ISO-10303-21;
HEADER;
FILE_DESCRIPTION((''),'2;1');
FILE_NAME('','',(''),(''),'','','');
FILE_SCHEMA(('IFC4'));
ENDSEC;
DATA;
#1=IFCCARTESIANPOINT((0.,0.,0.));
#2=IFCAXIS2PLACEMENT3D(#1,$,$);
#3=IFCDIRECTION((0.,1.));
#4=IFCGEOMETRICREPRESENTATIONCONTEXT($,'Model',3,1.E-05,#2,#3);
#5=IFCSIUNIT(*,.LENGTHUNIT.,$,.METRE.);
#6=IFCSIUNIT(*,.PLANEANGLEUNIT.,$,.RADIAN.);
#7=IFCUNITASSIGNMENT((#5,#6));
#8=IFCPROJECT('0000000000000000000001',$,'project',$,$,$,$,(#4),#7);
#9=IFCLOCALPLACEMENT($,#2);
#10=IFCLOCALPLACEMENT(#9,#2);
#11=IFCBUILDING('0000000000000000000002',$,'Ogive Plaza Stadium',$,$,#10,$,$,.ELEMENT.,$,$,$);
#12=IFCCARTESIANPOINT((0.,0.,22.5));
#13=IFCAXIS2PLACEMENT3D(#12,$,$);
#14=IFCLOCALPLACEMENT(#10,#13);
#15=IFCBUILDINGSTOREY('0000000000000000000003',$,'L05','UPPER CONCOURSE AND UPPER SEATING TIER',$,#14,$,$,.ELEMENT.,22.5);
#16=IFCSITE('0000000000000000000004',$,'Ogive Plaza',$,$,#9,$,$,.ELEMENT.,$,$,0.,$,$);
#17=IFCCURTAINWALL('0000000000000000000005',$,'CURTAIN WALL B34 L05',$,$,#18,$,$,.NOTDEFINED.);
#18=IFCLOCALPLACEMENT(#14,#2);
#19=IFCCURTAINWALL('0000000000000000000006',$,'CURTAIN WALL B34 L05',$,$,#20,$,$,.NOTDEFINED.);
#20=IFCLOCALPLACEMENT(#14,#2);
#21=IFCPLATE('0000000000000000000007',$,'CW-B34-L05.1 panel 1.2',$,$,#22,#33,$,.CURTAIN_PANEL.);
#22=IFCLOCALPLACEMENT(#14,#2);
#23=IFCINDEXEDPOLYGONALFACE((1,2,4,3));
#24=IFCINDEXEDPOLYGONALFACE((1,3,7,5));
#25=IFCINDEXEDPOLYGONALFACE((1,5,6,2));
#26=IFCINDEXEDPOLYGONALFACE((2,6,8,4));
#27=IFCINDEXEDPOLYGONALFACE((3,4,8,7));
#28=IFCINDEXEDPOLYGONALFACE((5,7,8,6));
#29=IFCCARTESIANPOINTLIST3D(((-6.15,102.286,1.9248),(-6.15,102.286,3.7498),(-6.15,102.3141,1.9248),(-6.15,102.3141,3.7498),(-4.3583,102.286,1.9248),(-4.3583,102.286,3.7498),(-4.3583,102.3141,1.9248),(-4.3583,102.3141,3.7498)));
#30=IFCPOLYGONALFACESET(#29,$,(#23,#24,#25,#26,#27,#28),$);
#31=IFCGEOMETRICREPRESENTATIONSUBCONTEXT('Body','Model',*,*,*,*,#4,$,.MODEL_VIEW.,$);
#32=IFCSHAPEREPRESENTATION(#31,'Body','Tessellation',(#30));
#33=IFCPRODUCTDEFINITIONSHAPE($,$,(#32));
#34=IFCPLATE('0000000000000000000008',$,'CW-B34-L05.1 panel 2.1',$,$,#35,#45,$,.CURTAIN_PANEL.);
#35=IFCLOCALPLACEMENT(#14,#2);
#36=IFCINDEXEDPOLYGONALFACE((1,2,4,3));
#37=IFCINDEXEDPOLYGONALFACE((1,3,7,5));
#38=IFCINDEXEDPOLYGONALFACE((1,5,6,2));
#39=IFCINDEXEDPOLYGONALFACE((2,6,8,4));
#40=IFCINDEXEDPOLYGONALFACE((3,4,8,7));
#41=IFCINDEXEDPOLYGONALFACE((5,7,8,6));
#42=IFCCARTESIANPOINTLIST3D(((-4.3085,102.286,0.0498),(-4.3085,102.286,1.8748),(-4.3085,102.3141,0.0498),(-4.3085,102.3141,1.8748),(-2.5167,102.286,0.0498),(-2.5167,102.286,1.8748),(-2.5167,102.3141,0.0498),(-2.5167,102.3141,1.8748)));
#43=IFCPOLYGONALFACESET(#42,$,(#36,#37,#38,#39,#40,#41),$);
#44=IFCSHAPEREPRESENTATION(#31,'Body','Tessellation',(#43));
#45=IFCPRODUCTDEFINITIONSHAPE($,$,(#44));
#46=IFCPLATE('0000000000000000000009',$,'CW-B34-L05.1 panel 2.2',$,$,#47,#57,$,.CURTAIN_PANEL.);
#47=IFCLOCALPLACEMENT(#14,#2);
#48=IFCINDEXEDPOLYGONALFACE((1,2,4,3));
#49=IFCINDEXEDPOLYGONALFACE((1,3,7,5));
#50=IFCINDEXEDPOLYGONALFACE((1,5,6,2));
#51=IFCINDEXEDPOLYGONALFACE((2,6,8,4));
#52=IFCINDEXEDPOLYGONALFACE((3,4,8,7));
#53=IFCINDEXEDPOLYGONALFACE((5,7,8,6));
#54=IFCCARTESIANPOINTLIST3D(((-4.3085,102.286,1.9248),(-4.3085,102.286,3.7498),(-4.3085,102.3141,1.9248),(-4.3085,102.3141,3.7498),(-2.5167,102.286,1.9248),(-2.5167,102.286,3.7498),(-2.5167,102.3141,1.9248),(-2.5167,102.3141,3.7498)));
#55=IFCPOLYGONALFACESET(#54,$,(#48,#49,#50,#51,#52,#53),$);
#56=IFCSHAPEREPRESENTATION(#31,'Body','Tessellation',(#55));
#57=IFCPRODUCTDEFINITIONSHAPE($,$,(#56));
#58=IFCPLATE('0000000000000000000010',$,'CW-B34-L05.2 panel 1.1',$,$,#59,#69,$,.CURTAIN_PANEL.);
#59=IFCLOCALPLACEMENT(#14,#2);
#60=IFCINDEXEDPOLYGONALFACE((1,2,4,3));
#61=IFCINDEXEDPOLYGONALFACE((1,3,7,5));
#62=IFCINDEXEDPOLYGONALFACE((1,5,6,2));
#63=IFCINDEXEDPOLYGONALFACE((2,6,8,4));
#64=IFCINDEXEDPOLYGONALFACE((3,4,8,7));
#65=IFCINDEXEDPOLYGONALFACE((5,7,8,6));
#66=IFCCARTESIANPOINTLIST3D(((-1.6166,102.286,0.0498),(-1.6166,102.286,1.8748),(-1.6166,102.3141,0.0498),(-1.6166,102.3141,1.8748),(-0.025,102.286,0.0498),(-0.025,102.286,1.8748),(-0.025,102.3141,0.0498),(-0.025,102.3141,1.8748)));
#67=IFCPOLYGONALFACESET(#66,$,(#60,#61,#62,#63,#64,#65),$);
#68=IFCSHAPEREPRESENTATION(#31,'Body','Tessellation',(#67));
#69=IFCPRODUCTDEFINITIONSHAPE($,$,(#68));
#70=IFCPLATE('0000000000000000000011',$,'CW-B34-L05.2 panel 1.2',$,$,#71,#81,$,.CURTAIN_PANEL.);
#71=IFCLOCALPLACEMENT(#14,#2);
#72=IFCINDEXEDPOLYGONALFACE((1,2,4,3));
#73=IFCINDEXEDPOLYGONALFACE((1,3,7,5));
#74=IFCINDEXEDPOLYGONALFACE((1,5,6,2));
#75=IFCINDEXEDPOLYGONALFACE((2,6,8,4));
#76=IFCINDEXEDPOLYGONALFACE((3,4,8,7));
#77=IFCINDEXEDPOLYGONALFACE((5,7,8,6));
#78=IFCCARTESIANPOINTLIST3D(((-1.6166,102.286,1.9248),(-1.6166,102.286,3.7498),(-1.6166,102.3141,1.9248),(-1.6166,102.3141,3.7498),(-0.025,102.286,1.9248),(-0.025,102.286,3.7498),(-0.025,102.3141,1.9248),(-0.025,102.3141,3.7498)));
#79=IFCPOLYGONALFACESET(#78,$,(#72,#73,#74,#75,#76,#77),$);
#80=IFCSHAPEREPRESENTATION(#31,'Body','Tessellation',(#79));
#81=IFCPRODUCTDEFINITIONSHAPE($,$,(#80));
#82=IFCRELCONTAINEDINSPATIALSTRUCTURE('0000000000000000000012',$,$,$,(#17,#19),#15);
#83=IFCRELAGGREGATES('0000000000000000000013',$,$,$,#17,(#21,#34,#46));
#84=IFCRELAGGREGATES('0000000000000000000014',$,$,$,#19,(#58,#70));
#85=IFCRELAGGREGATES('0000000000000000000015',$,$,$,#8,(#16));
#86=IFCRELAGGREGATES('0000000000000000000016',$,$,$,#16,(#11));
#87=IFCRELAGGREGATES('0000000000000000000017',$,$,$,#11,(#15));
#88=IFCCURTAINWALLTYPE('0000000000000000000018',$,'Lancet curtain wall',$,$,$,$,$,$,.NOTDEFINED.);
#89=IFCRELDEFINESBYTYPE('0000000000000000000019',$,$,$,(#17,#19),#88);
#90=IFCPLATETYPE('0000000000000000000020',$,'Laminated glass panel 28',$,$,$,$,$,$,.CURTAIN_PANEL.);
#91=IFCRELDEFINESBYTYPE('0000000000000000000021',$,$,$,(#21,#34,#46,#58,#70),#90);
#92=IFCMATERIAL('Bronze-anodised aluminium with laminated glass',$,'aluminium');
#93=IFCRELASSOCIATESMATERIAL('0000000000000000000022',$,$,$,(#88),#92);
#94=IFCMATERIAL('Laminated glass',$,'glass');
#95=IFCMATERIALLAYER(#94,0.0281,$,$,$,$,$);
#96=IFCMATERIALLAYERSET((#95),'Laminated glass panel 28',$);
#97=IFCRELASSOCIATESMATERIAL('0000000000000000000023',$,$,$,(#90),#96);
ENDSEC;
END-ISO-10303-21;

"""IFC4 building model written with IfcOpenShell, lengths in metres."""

from ifc_helpers import new_model, si_unit, direction, frame, origin, origin_2d, place, context, subcontext, project, spatial, rectangle, extrude, material, layer, layer_set, type_object, element, aggregate, save


model = new_model("IFC4")

# Units and contexts
model_context = context("Model", 3, precision=1e-05, world=origin(), true_north=direction((0.0, 1.0)))
body_context = subcontext(model_context, "Body", "Model", "MODEL_VIEW")
ifc_project = project(units=[si_unit("LENGTHUNIT", "METRE"), si_unit("PLANEANGLEUNIT", "RADIAN")], contexts=[model_context])

# Site, building, storey
site_placement = place(None, origin())
site = spatial("IfcSite", under=ifc_project, at=site_placement, Name="Ogive Plaza", CompositionType="ELEMENT", RefElevation=0.0)
building_placement = place(site_placement, origin())
building = spatial("IfcBuilding", under=site, at=building_placement, Name="Ogive Plaza Stadium", CompositionType="ELEMENT")
storey_placement = place(building_placement, frame((0.0, 0.0, 22.5)))
storey = spatial("IfcBuildingStorey", under=building, at=storey_placement, Name="L05", Description="UPPER CONCOURSE AND UPPER SEATING TIER", CompositionType="ELEMENT", Elevation=22.5)

# Curtain wall
ifc_material_1 = material(Name="Bronze-anodised aluminium with laminated glass", Category="aluminium")
curtain_wall_type = type_object("IfcCurtainWallType", Name="Lancet curtain wall", PredefinedType="NOTDEFINED", material=ifc_material_1)
curtain_wall_1_placement = place(storey_placement, origin())
curtain_wall_1 = element("IfcCurtainWall", 1, at=curtain_wall_1_placement, inside=storey, type_object=curtain_wall_type, Name="CURTAIN WALL B34 L05", PredefinedType="NOTDEFINED")

# Curtain wall
curtain_wall_2_placement = place(storey_placement, origin())
curtain_wall_2 = element("IfcCurtainWall", 2, at=curtain_wall_2_placement, inside=storey, type_object=curtain_wall_type, Name="CURTAIN WALL B34 L05", PredefinedType="NOTDEFINED")

# Plates
ifc_material_2 = material(Name="Laminated glass", Category="glass")
ifc_layer = layer(ifc_material_2, 0.0281)
ifc_layer_set = layer_set([ifc_layer], Name="Laminated glass panel 28")
plate_type = type_object("IfcPlateType", Name="Laminated glass panel 28", PredefinedType="CURTAIN_PANEL", material=ifc_layer_set)
plate_1_placement = place(storey_placement, frame((-5.2542, 102.3, 1.9248), z_axis=(0.0, 0.0, 1.0), x_axis=(1.0, 0.0, 0.0)))
plate_1 = element("IfcPlate", 3, at=plate_1_placement, type_object=plate_type, Name="CW-B34-L05.1 panel 1.2", PredefinedType="CURTAIN_PANEL", context=body_context, shape_type="SweptSolid", body=[
    extrude(rectangle(XDim=1.7917, YDim=0.0281, at=origin_2d()), origin(), (0.0, 0.0, 1.0), 1.825),
])
plate_2_placement = place(storey_placement, frame((-3.4126, 102.3, 0.0498), z_axis=(0.0, 0.0, 1.0), x_axis=(1.0, 0.0, 0.0)))
plate_2 = element("IfcPlate", 4, at=plate_2_placement, type_object=plate_type, Name="CW-B34-L05.1 panel 2.1", PredefinedType="CURTAIN_PANEL", context=body_context, shape_type="SweptSolid", body=[
    extrude(rectangle(XDim=1.7917, YDim=0.0281, at=origin_2d()), origin(), (0.0, 0.0, 1.0), 1.825),
])
plate_3_placement = place(storey_placement, frame((-3.4126, 102.3, 1.9248), z_axis=(0.0, 0.0, 1.0), x_axis=(1.0, 0.0, 0.0)))
plate_3 = element("IfcPlate", 5, at=plate_3_placement, type_object=plate_type, Name="CW-B34-L05.1 panel 2.2", PredefinedType="CURTAIN_PANEL", context=body_context, shape_type="SweptSolid", body=[
    extrude(rectangle(XDim=1.7917, YDim=0.0281, at=origin_2d()), origin(), (0.0, 0.0, 1.0), 1.825),
])
aggregate(curtain_wall_1, [plate_1, plate_2, plate_3])
plate_4_placement = place(storey_placement, frame((-0.8208, 102.3, 0.0498), z_axis=(0.0, 0.0, 1.0), x_axis=(1.0, 0.0, 0.0)))
plate_4 = element("IfcPlate", 6, at=plate_4_placement, type_object=plate_type, Name="CW-B34-L05.2 panel 1.1", PredefinedType="CURTAIN_PANEL", context=body_context, shape_type="SweptSolid", body=[
    extrude(rectangle(XDim=1.5916, YDim=0.0281, at=origin_2d()), origin(), (0.0, 0.0, 1.0), 1.825),
])
plate_5_placement = place(storey_placement, frame((-0.8208, 102.3, 1.9248), z_axis=(0.0, 0.0, 1.0), x_axis=(1.0, 0.0, 0.0)))
plate_5 = element("IfcPlate", 7, at=plate_5_placement, type_object=plate_type, Name="CW-B34-L05.2 panel 1.2", PredefinedType="CURTAIN_PANEL", context=body_context, shape_type="SweptSolid", body=[
    extrude(rectangle(XDim=1.5916, YDim=0.0281, at=origin_2d()), origin(), (0.0, 0.0, 1.0), 1.825),
])
aggregate(curtain_wall_2, [plate_4, plate_5])

save(model, "model.ifc")
